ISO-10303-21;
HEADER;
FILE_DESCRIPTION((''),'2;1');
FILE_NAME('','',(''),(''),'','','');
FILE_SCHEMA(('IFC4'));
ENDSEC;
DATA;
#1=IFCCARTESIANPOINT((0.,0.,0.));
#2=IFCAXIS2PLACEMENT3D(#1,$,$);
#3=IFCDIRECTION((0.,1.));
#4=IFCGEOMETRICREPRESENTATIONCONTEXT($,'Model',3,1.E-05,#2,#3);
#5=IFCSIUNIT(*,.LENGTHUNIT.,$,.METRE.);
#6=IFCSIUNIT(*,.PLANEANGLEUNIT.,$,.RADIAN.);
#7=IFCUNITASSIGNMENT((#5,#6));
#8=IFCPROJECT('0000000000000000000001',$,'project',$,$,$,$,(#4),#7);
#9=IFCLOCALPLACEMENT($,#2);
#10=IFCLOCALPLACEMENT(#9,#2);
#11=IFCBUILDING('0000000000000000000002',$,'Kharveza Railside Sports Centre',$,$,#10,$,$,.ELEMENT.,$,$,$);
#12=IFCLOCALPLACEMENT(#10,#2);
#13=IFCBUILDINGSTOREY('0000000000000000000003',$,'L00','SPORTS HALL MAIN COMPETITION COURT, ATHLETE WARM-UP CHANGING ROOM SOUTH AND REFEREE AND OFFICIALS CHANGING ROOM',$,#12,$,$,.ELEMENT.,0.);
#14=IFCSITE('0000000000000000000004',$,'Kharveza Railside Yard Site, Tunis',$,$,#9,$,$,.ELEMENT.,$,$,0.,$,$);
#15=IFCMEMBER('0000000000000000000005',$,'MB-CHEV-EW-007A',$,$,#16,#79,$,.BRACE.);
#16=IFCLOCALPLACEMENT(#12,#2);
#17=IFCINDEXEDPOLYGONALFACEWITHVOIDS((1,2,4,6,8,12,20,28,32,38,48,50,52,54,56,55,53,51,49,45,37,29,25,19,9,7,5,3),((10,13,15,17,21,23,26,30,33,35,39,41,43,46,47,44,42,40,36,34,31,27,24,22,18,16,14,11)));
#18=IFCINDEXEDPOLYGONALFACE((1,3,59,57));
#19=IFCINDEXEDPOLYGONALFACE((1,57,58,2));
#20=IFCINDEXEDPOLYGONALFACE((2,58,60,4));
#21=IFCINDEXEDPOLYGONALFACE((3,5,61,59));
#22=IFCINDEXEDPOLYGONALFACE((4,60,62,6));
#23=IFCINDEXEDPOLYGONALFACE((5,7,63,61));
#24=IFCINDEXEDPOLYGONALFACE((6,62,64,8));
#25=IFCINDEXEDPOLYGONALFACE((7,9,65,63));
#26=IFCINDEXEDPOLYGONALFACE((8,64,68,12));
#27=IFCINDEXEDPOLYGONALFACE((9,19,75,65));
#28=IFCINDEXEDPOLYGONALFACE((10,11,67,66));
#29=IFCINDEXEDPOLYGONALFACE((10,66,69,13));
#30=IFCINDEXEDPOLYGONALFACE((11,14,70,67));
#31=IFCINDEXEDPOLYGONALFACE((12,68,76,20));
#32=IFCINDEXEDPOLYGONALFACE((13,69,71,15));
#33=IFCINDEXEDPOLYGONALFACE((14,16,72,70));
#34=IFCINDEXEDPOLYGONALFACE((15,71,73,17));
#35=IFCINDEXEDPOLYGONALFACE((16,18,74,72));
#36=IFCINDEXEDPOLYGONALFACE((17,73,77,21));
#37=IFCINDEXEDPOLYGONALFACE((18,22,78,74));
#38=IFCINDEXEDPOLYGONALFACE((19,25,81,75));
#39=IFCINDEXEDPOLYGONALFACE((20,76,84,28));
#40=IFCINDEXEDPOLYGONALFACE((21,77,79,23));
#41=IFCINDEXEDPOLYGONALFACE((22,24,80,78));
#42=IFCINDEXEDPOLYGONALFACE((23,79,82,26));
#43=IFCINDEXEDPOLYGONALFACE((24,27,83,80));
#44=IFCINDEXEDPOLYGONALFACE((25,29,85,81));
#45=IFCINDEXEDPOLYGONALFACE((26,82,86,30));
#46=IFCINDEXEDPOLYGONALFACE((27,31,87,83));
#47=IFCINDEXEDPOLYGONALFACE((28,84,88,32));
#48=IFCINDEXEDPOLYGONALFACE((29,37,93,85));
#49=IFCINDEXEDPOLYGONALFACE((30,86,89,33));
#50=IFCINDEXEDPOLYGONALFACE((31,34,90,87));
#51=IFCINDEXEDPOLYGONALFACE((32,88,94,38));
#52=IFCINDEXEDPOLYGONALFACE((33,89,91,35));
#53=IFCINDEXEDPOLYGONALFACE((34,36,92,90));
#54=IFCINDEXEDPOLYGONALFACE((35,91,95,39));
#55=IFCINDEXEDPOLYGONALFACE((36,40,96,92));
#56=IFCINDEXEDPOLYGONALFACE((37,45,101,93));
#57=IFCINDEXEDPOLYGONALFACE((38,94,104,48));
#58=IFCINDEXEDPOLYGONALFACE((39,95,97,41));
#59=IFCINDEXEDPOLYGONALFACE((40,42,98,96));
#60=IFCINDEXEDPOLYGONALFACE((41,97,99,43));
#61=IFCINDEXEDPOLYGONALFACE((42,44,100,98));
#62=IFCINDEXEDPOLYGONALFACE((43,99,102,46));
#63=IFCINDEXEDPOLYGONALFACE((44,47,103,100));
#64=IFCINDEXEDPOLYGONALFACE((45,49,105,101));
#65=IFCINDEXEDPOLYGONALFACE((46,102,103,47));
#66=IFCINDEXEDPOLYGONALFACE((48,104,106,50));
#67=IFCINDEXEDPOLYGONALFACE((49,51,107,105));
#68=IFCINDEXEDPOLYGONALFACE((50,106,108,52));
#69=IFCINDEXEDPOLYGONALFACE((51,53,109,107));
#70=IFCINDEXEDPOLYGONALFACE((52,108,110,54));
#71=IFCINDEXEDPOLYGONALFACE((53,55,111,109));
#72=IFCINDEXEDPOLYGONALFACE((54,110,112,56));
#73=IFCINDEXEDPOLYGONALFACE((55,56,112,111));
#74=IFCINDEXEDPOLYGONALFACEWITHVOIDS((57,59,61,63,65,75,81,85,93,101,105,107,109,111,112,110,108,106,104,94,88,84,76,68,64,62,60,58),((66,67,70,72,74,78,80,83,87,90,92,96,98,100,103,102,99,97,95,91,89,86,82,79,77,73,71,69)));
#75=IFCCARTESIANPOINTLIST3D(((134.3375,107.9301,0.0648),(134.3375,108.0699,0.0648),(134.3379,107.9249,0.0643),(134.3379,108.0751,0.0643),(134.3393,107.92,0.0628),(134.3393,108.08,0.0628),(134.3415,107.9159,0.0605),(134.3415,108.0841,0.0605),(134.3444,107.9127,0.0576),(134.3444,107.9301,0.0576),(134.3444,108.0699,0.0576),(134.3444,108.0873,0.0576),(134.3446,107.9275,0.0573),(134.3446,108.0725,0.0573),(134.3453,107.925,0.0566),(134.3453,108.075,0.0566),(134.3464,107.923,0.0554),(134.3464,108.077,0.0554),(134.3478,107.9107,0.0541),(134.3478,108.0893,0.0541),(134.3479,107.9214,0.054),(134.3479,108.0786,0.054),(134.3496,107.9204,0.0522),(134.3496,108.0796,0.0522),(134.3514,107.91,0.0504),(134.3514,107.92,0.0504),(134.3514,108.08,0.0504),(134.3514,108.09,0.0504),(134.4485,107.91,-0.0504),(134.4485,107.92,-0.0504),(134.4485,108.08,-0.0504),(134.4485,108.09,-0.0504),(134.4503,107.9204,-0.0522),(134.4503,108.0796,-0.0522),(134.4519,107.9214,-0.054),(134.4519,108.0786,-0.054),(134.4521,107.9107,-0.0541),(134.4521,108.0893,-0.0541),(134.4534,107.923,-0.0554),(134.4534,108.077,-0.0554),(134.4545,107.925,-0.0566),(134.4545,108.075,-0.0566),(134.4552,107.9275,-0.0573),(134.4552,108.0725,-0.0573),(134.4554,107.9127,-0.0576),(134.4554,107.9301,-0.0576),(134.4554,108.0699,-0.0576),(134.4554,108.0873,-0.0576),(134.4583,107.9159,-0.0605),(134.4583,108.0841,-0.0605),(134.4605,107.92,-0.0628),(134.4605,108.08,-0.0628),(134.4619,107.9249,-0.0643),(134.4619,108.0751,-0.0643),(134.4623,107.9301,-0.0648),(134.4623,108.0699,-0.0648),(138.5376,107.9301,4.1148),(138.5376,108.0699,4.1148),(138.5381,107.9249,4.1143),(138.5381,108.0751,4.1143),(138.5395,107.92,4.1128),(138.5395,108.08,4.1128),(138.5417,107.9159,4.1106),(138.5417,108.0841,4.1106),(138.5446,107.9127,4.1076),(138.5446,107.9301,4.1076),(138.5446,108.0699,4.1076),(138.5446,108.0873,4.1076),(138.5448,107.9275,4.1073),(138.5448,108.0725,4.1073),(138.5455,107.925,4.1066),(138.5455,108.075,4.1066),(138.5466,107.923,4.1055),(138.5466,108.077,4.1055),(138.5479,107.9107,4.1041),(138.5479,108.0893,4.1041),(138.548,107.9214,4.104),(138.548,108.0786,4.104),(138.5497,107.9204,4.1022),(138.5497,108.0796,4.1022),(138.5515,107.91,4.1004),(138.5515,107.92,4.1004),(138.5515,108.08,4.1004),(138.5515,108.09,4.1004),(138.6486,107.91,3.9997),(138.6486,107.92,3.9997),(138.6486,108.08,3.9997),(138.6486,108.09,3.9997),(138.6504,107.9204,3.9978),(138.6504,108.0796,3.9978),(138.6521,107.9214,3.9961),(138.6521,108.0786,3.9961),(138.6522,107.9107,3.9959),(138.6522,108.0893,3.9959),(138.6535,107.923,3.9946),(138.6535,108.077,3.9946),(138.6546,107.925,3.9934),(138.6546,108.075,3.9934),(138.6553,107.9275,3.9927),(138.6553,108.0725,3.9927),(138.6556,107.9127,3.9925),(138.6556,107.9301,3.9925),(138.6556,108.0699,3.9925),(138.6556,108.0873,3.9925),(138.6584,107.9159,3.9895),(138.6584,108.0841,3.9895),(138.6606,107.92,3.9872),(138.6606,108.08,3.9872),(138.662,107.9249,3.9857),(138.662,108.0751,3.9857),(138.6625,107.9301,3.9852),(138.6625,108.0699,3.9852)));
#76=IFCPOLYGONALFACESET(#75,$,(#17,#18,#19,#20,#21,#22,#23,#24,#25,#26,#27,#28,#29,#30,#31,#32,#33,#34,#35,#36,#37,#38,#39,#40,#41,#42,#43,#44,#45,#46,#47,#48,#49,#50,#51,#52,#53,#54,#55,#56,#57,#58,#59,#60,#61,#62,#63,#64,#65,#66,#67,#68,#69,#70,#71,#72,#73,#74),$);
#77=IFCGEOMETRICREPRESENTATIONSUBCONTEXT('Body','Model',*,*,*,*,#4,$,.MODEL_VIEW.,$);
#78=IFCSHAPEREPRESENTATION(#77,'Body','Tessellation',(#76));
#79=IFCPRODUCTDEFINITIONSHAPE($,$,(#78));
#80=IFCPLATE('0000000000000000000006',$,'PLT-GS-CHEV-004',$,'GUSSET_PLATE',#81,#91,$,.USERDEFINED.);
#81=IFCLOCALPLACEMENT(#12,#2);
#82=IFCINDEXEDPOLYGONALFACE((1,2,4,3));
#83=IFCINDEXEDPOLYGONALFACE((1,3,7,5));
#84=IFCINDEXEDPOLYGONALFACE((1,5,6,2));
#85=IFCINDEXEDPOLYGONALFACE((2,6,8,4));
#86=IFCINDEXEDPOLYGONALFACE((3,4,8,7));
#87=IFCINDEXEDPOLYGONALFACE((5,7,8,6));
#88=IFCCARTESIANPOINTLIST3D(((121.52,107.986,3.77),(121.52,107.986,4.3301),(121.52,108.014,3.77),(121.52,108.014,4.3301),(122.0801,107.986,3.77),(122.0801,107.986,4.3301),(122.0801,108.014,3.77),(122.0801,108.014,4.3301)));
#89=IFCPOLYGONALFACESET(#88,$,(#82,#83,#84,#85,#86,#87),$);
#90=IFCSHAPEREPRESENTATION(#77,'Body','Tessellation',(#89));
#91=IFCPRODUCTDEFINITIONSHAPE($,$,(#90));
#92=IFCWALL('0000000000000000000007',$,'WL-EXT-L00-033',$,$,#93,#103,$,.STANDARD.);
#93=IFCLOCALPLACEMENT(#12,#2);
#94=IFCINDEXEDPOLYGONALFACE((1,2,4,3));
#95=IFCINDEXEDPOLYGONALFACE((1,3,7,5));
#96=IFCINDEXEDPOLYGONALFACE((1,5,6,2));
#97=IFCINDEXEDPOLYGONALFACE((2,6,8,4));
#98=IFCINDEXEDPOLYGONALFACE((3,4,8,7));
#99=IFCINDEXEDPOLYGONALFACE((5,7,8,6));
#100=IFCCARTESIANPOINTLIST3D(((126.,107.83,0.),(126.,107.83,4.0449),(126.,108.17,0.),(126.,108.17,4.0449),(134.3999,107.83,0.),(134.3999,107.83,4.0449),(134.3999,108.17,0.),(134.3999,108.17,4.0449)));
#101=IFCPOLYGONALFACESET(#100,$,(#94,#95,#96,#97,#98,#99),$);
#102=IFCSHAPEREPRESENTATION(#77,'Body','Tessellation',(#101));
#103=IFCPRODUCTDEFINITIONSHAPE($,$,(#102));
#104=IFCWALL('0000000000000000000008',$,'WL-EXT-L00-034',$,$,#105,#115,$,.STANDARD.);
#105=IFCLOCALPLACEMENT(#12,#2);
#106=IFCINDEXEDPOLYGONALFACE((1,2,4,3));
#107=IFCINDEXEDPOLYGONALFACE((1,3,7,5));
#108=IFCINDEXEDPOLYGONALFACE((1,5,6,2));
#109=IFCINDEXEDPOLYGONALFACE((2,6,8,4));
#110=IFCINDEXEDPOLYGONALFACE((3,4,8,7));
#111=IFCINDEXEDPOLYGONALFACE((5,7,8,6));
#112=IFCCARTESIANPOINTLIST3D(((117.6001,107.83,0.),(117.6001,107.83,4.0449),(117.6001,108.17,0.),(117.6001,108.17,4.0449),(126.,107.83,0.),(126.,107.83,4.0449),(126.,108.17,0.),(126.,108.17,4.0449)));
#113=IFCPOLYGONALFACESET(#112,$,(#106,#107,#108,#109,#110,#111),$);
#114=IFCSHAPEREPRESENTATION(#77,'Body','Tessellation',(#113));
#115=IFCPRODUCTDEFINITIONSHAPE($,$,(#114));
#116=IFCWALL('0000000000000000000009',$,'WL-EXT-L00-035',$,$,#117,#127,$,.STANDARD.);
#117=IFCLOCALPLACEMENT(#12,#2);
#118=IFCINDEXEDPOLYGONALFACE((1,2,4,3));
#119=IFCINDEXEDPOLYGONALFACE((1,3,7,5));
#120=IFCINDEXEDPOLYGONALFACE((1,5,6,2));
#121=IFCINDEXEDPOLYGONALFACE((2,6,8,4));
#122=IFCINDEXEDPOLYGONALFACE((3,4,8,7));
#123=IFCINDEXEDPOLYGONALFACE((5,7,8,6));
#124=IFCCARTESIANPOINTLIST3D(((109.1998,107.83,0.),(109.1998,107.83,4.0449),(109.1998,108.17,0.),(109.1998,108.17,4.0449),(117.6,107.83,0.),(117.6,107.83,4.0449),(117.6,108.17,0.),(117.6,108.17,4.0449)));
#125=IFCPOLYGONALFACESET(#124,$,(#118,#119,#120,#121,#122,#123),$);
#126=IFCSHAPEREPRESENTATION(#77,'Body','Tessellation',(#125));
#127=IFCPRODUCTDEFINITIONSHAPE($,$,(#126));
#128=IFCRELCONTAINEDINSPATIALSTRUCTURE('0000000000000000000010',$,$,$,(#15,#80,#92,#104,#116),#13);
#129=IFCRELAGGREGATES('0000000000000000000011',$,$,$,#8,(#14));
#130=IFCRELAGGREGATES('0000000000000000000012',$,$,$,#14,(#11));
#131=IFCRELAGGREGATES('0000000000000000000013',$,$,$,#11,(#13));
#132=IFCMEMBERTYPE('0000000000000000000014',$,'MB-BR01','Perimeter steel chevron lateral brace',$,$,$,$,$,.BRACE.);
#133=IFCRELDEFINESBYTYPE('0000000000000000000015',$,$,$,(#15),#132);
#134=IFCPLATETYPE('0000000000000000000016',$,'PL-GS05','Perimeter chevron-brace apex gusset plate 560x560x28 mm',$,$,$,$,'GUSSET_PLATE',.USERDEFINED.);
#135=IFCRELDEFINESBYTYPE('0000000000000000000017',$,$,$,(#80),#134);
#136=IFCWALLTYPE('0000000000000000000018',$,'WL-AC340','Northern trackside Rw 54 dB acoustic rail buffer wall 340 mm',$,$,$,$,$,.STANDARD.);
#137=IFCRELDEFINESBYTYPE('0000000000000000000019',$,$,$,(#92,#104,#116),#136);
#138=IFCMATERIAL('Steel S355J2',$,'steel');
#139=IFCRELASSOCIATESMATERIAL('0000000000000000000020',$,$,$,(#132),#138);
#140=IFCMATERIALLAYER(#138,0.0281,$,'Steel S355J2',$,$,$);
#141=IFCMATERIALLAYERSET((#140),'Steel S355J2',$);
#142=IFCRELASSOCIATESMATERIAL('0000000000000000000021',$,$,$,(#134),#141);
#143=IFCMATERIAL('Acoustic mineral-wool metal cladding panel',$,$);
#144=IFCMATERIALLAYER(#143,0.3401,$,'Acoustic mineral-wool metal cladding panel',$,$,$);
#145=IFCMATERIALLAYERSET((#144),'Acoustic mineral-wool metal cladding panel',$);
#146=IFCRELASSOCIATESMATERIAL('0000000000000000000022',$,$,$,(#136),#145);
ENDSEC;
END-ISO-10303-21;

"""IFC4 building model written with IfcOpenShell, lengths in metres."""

from ifc_helpers import new_model, si_unit, direction, frame, frame_2d, origin, origin_2d, place, context, subcontext, project, spatial, rectangle, hollow_rectangle, extrude, material, layer, layer_set, material_profile, profile_set, type_object, element, save


model = new_model("IFC4")

# Units and contexts
model_context = context("Model", 3, precision=1e-05, world=origin(), true_north=direction((0.0, 1.0)))
body_context = subcontext(model_context, "Body", "Model", "MODEL_VIEW")
ifc_project = project(units=[si_unit("LENGTHUNIT", "METRE"), si_unit("PLANEANGLEUNIT", "RADIAN")], contexts=[model_context])

# Site, building, storey
site_placement = place(None, origin())
site = spatial("IfcSite", under=ifc_project, at=site_placement, Name="Kharveza Railside Yard Site, Tunis", CompositionType="ELEMENT", RefElevation=0.0)
building_placement = place(site_placement, origin())
building = spatial("IfcBuilding", under=site, at=building_placement, Name="Kharveza Railside Sports Centre", CompositionType="ELEMENT")
storey_placement = place(building_placement, origin())
storey = spatial("IfcBuildingStorey", under=building, at=storey_placement, Name="L00", Description="SPORTS HALL MAIN COMPETITION COURT, ATHLETE WARM-UP CHANGING ROOM SOUTH AND REFEREE AND OFFICIALS CHANGING ROOM", CompositionType="ELEMENT", Elevation=0.0)

# Shared definitions
ifc_material_1 = material(Name="Steel S355J2", Category="steel")

# Member
ifc_material_profile_1 = material_profile(ifc_material_1, hollow_rectangle(XDim=0.1799, YDim=0.1799, WallThickness=0.01, InnerFilletRadius=0.01, OuterFilletRadius=0.02, at=origin_2d()), Name="SHS 180x180x10.0")
ifc_profile_set_1 = profile_set([ifc_material_profile_1], Name="Steel S355J2")
member_type = type_object("IfcMemberType", Name="MB-BR01", Description="Perimeter steel chevron lateral brace", PredefinedType="BRACE", material=ifc_profile_set_1)
member_1_placement = place(storey_placement, frame((134.3999, 108.0, 0.0), z_axis=(0.719856, 0.0, 0.694123), x_axis=(0.0, 1.0, 0.0)))
element("IfcMember", 1, at=member_1_placement, inside=storey, type_object=member_type, Name="MB-CHEV-EW-007A", PredefinedType="BRACE", context=body_context, shape_type="SweptSolid", body=[
    extrude(hollow_rectangle(XDim=0.1799, YDim=0.1799, WallThickness=0.01, InnerFilletRadius=0.01, OuterFilletRadius=0.02, at=origin_2d()), origin(), (0.0, 0.0, 1.0), 5.8347),
])

# Plate
ifc_layer_1 = layer(ifc_material_1, 0.0281, Name="Steel S355J2")
ifc_layer_set_1 = layer_set([ifc_layer_1], Name="Steel S355J2")
plate_type = type_object("IfcPlateType", Name="PL-GS05", Description="Perimeter chevron-brace apex gusset plate 560x560x28 mm", ElementType="GUSSET_PLATE", PredefinedType="USERDEFINED", material=ifc_layer_set_1)
plate_placement = place(storey_placement, frame((121.8, 108.0, 3.77), z_axis=(0.0, 0.0, 1.0), x_axis=(1.0, 0.0, 0.0)))
element("IfcPlate", 2, at=plate_placement, inside=storey, type_object=plate_type, Name="PLT-GS-CHEV-004", ObjectType="GUSSET_PLATE", PredefinedType="USERDEFINED", context=body_context, shape_type="SweptSolid", body=[
    extrude(rectangle(XDim=0.5601, YDim=0.0281, at=origin_2d()), origin(), (0.0, 0.0, 1.0), 0.5601),
])

# Walls
ifc_material_2 = material(Name="Acoustic mineral-wool metal cladding panel")
ifc_layer_2 = layer(ifc_material_2, 0.3401, Name="Acoustic mineral-wool metal cladding panel")
ifc_layer_set_2 = layer_set([ifc_layer_2], Name="Acoustic mineral-wool metal cladding panel")
wall_type = type_object("IfcWallType", Name="WL-AC340", Description="Northern trackside Rw 54 dB acoustic rail buffer wall 340 mm", PredefinedType="STANDARD", material=ifc_layer_set_2)
for number, where, z_axis, x_axis, name in (
    (3, (134.3999, 108.0, 0.0), (0.0, 0.0, 1.0), (-1.0, 0.0, 0.0), "WL-EXT-L00-033"),
    (4, (126.0, 108.0, 0.0), (0.0, 0.0, 1.0), (-1.0, 0.0, 0.0), "WL-EXT-L00-034"),
):
    element("IfcWall", number, at=place(storey_placement, frame(where, z_axis=z_axis, x_axis=x_axis)), inside=storey, type_object=wall_type, Name=name, PredefinedType="STANDARD", context=body_context, shape_type="SweptSolid", body=[
        extrude(rectangle(XDim=8.3999, YDim=0.3401, at=frame_2d((4.2, 0.0))), origin(), (0.0, 0.0, 1.0), 4.0449),
    ])
wall_placement = place(storey_placement, frame((117.6001, 108.0, 0.0), z_axis=(0.0, 0.0, 1.0), x_axis=(-1.0, 0.0, 0.0)))
element("IfcWall", 5, at=wall_placement, inside=storey, type_object=wall_type, Name="WL-EXT-L00-035", PredefinedType="STANDARD", context=body_context, shape_type="SweptSolid", body=[
    extrude(rectangle(XDim=8.4001, YDim=0.3401, at=frame_2d((4.2002, 0.0))), origin(), (0.0, 0.0, 1.0), 4.0449),
])

save(model, "model.ifc")
